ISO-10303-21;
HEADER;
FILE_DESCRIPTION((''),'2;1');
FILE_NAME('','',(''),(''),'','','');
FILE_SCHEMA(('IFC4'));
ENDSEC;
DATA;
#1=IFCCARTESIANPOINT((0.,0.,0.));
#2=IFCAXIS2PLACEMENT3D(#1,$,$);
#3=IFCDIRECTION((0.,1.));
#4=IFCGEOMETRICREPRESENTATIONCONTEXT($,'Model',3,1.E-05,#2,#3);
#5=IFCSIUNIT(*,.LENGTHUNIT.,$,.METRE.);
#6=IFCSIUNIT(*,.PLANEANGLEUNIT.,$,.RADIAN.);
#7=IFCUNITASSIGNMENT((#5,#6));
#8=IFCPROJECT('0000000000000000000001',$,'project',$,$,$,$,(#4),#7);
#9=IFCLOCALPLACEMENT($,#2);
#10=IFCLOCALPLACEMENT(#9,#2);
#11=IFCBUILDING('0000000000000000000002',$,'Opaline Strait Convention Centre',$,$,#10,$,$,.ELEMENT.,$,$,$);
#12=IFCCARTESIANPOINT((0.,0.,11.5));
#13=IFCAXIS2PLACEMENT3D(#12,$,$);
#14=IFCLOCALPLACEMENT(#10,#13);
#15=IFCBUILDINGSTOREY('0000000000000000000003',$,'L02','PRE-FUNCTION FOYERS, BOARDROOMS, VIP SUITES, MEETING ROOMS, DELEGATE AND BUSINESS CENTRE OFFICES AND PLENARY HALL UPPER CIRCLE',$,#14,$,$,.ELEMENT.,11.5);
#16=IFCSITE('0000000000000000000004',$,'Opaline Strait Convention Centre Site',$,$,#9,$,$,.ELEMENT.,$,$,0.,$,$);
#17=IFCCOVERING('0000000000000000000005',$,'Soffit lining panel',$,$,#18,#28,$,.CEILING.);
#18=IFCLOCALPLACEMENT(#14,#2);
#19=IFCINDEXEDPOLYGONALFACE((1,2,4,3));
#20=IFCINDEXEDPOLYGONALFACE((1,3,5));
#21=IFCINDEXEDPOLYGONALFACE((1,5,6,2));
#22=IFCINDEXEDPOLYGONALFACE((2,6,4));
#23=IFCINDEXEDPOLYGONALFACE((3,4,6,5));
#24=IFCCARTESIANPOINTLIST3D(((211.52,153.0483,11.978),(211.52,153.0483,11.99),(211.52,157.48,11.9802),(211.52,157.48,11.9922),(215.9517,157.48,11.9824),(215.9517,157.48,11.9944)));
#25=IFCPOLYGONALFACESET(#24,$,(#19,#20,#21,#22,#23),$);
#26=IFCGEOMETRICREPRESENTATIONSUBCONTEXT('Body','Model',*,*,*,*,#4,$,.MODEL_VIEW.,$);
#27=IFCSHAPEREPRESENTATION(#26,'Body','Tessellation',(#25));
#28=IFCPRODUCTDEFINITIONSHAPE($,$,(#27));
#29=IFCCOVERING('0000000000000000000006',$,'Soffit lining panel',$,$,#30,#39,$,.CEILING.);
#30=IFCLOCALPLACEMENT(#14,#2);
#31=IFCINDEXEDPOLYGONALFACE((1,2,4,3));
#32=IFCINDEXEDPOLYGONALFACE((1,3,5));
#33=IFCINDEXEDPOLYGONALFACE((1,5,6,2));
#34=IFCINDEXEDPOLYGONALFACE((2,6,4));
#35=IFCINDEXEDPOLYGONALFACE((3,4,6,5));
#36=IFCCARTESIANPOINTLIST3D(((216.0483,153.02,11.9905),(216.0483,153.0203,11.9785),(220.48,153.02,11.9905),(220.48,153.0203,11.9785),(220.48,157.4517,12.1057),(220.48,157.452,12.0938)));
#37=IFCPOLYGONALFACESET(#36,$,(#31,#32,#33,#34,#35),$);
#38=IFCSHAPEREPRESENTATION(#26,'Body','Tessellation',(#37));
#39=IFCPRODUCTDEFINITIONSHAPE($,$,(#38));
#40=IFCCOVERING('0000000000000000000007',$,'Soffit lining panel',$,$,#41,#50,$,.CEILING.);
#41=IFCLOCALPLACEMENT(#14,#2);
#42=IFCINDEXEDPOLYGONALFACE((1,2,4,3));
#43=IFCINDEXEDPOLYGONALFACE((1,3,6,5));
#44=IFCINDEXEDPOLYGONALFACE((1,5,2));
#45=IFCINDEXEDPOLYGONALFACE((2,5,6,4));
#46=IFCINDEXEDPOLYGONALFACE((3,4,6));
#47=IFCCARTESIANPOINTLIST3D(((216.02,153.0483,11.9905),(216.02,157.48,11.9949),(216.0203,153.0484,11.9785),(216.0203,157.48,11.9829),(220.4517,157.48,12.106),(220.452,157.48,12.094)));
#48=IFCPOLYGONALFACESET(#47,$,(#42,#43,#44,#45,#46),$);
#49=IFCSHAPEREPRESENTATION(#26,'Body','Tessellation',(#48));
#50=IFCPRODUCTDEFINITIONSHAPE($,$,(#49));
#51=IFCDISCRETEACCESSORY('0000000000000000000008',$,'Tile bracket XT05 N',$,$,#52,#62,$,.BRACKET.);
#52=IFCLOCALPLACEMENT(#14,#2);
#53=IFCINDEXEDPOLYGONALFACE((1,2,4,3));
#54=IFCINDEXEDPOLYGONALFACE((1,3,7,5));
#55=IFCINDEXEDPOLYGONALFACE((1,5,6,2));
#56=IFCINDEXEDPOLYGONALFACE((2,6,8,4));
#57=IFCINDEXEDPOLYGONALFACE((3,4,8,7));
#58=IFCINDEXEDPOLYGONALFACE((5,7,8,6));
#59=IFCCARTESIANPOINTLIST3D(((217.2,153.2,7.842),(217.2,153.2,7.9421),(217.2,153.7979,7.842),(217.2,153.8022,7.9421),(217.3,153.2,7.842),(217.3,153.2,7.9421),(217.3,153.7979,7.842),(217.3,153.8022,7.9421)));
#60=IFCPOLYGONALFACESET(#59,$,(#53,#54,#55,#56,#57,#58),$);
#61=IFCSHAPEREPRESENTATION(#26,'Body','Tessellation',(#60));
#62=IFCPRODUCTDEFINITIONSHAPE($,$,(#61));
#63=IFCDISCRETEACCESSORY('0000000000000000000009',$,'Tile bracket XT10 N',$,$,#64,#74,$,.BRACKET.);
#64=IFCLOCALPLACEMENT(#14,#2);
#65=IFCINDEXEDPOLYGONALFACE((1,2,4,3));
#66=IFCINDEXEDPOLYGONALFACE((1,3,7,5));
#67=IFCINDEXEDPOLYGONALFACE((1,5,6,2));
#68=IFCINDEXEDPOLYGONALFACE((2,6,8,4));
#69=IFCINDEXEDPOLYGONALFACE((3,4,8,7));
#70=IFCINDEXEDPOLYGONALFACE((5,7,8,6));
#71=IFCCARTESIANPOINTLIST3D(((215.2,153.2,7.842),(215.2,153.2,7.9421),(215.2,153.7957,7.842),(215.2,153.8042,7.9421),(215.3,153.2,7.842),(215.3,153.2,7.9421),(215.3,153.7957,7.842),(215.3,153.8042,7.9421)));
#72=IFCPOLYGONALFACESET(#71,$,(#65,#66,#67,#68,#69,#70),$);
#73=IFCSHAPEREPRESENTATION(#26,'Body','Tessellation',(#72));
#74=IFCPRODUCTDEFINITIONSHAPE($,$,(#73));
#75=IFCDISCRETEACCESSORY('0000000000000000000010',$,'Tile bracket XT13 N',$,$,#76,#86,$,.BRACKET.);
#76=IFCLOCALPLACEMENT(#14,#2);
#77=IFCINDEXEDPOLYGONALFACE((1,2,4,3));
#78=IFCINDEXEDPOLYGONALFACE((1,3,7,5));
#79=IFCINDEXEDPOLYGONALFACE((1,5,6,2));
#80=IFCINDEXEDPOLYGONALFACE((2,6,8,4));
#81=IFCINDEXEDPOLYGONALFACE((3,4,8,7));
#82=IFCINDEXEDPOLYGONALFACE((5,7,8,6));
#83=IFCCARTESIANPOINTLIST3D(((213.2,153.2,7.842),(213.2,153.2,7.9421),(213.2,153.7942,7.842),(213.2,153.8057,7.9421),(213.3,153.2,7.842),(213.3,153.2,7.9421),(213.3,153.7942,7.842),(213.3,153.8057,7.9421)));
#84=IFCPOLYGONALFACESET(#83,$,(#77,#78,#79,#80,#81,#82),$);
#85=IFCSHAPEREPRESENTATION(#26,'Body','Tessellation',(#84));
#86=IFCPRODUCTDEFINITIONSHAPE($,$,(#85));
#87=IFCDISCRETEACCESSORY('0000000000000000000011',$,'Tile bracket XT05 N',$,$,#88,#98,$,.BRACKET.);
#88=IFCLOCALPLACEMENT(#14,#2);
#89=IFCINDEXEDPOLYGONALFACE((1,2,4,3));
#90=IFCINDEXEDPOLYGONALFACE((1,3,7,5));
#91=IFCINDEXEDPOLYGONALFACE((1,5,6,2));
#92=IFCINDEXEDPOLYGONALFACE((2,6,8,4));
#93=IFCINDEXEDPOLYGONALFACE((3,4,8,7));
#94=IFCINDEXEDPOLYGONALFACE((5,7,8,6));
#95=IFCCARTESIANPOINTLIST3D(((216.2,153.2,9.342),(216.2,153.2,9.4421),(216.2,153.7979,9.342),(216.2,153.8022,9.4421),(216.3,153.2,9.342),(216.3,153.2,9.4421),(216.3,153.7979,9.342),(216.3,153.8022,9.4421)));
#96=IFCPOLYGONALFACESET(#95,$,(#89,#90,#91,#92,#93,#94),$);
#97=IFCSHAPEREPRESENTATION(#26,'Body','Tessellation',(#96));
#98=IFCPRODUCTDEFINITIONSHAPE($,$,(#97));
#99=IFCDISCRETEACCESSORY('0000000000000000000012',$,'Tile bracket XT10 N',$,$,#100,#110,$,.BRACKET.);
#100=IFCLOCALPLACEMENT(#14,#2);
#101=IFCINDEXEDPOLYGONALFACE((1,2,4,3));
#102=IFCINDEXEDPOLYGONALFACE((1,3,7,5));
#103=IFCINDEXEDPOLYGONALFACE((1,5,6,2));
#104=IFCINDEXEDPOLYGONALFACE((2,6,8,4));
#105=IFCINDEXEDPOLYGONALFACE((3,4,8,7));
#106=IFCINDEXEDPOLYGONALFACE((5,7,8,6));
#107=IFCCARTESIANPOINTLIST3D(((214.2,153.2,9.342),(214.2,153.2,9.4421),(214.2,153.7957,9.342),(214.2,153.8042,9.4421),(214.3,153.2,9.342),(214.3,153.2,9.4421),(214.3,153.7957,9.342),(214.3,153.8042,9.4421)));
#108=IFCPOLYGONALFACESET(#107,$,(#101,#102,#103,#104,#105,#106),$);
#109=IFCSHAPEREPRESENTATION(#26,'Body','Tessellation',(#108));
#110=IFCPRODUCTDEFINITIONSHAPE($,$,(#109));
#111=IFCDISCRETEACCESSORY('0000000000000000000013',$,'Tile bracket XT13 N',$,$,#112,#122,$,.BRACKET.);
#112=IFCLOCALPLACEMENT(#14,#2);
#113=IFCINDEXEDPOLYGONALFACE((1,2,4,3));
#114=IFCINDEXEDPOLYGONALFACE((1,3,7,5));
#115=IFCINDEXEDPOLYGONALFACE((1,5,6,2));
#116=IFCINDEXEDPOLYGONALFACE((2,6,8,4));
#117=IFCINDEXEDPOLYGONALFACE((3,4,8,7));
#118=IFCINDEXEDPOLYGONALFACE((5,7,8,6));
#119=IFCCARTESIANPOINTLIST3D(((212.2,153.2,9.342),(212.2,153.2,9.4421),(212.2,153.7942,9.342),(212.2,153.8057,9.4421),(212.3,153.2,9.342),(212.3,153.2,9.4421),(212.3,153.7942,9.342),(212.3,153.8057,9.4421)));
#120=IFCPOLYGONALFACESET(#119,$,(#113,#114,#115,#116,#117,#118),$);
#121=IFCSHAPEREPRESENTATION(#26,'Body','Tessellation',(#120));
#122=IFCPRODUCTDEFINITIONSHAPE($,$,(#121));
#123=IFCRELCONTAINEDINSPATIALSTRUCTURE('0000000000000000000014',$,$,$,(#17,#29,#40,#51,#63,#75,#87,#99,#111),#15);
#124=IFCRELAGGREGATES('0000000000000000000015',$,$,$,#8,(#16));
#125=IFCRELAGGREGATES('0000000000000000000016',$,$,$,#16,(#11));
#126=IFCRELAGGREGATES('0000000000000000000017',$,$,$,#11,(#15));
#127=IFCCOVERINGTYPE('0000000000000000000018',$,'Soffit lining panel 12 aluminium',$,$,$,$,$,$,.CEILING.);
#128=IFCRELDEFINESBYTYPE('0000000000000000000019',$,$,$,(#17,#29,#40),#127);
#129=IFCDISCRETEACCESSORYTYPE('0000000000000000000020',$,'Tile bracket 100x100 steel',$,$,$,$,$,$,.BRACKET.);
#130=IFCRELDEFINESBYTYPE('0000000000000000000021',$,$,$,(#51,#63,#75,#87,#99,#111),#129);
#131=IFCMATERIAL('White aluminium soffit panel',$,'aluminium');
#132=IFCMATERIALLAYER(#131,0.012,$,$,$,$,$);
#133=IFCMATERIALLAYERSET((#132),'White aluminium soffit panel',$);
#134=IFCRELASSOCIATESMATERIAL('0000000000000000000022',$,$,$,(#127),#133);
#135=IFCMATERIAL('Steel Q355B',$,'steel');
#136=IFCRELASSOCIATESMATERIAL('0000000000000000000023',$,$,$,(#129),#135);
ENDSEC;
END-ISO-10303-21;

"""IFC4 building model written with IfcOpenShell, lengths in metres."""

from ifc_helpers import new_model, si_unit, direction, frame, origin, place, context, subcontext, project, spatial, polyline, outline, extrude, material, layer, layer_set, type_object, element, save


model = new_model("IFC4")

# Units and contexts
model_context = context("Model", 3, precision=1e-05, world=origin(), true_north=direction((0.0, 1.0)))
body_context = subcontext(model_context, "Body", "Model", "MODEL_VIEW")
ifc_project = project(units=[si_unit("LENGTHUNIT", "METRE"), si_unit("PLANEANGLEUNIT", "RADIAN")], contexts=[model_context])

# Site, building, storey
site_placement = place(None, origin())
site = spatial("IfcSite", under=ifc_project, at=site_placement, Name="Opaline Strait Convention Centre Site", CompositionType="ELEMENT", RefElevation=0.0)
building_placement = place(site_placement, origin())
building = spatial("IfcBuilding", under=site, at=building_placement, Name="Opaline Strait Convention Centre", CompositionType="ELEMENT")
storey_placement = place(building_placement, frame((0.0, 0.0, 11.5)))
storey = spatial("IfcBuildingStorey", under=building, at=storey_placement, Name="L02", Description="PRE-FUNCTION FOYERS, BOARDROOMS, VIP SUITES, MEETING ROOMS, DELEGATE AND BUSINESS CENTRE OFFICES AND PLENARY HALL UPPER CIRCLE", CompositionType="ELEMENT", Elevation=11.5)

# Shared definitions
ifc_material_1 = material(Name="Steel Q355B", Category="steel")

# Coverings
ifc_material_2 = material(Name="White aluminium soffit panel", Category="aluminium")
ifc_layer = layer(ifc_material_2, 0.012)
ifc_layer_set = layer_set([ifc_layer], Name="White aluminium soffit panel")
covering_type_1 = type_object("IfcCoveringType", Name="Soffit lining panel 12 aluminium", PredefinedType="CEILING", material=ifc_layer_set)
covering_1_placement = place(storey_placement, frame((211.52, 153.0483, 11.99), z_axis=(-0.000496, -0.000496, 1.0), x_axis=(0.0, 1.0, 0.000496)))
element("IfcCovering", 1, at=covering_1_placement, inside=storey, type_object=covering_type_1, Name="Soffit lining panel", PredefinedType="CEILING", context=body_context, shape_type="SweptSolid", body=[
    extrude(outline(polyline([(0.0, 0.0), (4.4316, 0.0), (4.4316, -4.4316), (0.0, 0.0)])), origin(), (0.0, 0.0, -1.0), 0.012),
])
covering_2_placement = place(storey_placement, frame((216.0483, 153.02, 11.9905), z_axis=(0.0, -0.025994, 0.999662), x_axis=(0.706987, 0.706987, 0.018384)))
element("IfcCovering", 2, at=covering_2_placement, inside=storey, type_object=covering_type_1, Name="Soffit lining panel", PredefinedType="CEILING", context=body_context, shape_type="SweptSolid", body=[
    extrude(outline(polyline([(0.0, 0.0), (6.2683, 0.0), (3.1331, -3.1342), (0.0, 0.0)])), origin(), (0.0, 0.0, -1.0), 0.012),
])
covering_3_placement = place(storey_placement, frame((216.02, 153.0483, 11.9905), z_axis=(-0.025058, -0.000991, 0.999686), x_axis=(0.0, 1.0, 0.000992)))
element("IfcCovering", 3, at=covering_3_placement, inside=storey, type_object=covering_type_1, Name="Soffit lining panel", PredefinedType="CEILING", context=body_context, shape_type="SweptSolid", body=[
    extrude(outline(polyline([(0.0, 0.0), (4.4316, 0.0), (4.4318, -4.433), (0.0, 0.0)])), origin(), (0.0, 0.0, -1.0), 0.012),
])

# Discrete accessories
discrete_accessory_type = type_object("IfcDiscreteAccessoryType", Name="Tile bracket 100x100 steel", PredefinedType="BRACKET", material=ifc_material_1)
discrete_accessory_1_placement = place(storey_placement, frame((217.3, 153.2, 7.8921), z_axis=(-1.0, 0.0, 0.0), x_axis=(0.0, -1.0, 0.0)))
element("IfcDiscreteAccessory", 4, at=discrete_accessory_1_placement, inside=storey, type_object=discrete_accessory_type, Name="Tile bracket XT05 N", PredefinedType="BRACKET", context=body_context, shape_type="SweptSolid", body=[
    extrude(outline(polyline([(0.0, -0.05), (0.0, 0.05), (-0.6023, 0.05), (-0.5979, -0.05), (0.0, -0.05)])), origin(), (0.0, 0.0, 1.0), 0.1001),
])
discrete_accessory_2_placement = place(storey_placement, frame((215.3, 153.2, 7.8921), z_axis=(-1.0, 0.0, 0.0), x_axis=(0.0, -1.0, 0.0)))
element("IfcDiscreteAccessory", 5, at=discrete_accessory_2_placement, inside=storey, type_object=discrete_accessory_type, Name="Tile bracket XT10 N", PredefinedType="BRACKET", context=body_context, shape_type="SweptSolid", body=[
    extrude(outline(polyline([(0.0, -0.05), (0.0, 0.05), (-0.6042, 0.05), (-0.5957, -0.05), (0.0, -0.05)])), origin(), (0.0, 0.0, 1.0), 0.1001),
])
discrete_accessory_3_placement = place(storey_placement, frame((213.3, 153.2, 7.8921), z_axis=(-1.0, 0.0, 0.0), x_axis=(0.0, -1.0, 0.0)))
element("IfcDiscreteAccessory", 6, at=discrete_accessory_3_placement, inside=storey, type_object=discrete_accessory_type, Name="Tile bracket XT13 N", PredefinedType="BRACKET", context=body_context, shape_type="SweptSolid", body=[
    extrude(outline(polyline([(0.0, -0.05), (0.0, 0.05), (-0.6057, 0.05), (-0.5942, -0.05), (0.0, -0.05)])), origin(), (0.0, 0.0, 1.0), 0.1001),
])
discrete_accessory_4_placement = place(storey_placement, frame((216.3, 153.2, 9.3921), z_axis=(-1.0, 0.0, 0.0), x_axis=(0.0, -1.0, 0.0)))
element("IfcDiscreteAccessory", 7, at=discrete_accessory_4_placement, inside=storey, type_object=discrete_accessory_type, Name="Tile bracket XT05 N", PredefinedType="BRACKET", context=body_context, shape_type="SweptSolid", body=[
    extrude(outline(polyline([(0.0, -0.05), (0.0, 0.05), (-0.6023, 0.05), (-0.5979, -0.05), (0.0, -0.05)])), origin(), (0.0, 0.0, 1.0), 0.1001),
])
discrete_accessory_5_placement = place(storey_placement, frame((214.3, 153.2, 9.3921), z_axis=(-1.0, 0.0, 0.0), x_axis=(0.0, -1.0, 0.0)))
element("IfcDiscreteAccessory", 8, at=discrete_accessory_5_placement, inside=storey, type_object=discrete_accessory_type, Name="Tile bracket XT10 N", PredefinedType="BRACKET", context=body_context, shape_type="SweptSolid", body=[
    extrude(outline(polyline([(0.0, -0.05), (0.0, 0.05), (-0.6042, 0.05), (-0.5957, -0.05), (0.0, -0.05)])), origin(), (0.0, 0.0, 1.0), 0.1001),
])
discrete_accessory_6_placement = place(storey_placement, frame((212.3, 153.2, 9.3921), z_axis=(-1.0, 0.0, 0.0), x_axis=(0.0, -1.0, 0.0)))
element("IfcDiscreteAccessory", 9, at=discrete_accessory_6_placement, inside=storey, type_object=discrete_accessory_type, Name="Tile bracket XT13 N", PredefinedType="BRACKET", context=body_context, shape_type="SweptSolid", body=[
    extrude(outline(polyline([(0.0, -0.05), (0.0, 0.05), (-0.6057, 0.05), (-0.5942, -0.05), (0.0, -0.05)])), origin(), (0.0, 0.0, 1.0), 0.1001),
])

save(model, "model.ifc")
